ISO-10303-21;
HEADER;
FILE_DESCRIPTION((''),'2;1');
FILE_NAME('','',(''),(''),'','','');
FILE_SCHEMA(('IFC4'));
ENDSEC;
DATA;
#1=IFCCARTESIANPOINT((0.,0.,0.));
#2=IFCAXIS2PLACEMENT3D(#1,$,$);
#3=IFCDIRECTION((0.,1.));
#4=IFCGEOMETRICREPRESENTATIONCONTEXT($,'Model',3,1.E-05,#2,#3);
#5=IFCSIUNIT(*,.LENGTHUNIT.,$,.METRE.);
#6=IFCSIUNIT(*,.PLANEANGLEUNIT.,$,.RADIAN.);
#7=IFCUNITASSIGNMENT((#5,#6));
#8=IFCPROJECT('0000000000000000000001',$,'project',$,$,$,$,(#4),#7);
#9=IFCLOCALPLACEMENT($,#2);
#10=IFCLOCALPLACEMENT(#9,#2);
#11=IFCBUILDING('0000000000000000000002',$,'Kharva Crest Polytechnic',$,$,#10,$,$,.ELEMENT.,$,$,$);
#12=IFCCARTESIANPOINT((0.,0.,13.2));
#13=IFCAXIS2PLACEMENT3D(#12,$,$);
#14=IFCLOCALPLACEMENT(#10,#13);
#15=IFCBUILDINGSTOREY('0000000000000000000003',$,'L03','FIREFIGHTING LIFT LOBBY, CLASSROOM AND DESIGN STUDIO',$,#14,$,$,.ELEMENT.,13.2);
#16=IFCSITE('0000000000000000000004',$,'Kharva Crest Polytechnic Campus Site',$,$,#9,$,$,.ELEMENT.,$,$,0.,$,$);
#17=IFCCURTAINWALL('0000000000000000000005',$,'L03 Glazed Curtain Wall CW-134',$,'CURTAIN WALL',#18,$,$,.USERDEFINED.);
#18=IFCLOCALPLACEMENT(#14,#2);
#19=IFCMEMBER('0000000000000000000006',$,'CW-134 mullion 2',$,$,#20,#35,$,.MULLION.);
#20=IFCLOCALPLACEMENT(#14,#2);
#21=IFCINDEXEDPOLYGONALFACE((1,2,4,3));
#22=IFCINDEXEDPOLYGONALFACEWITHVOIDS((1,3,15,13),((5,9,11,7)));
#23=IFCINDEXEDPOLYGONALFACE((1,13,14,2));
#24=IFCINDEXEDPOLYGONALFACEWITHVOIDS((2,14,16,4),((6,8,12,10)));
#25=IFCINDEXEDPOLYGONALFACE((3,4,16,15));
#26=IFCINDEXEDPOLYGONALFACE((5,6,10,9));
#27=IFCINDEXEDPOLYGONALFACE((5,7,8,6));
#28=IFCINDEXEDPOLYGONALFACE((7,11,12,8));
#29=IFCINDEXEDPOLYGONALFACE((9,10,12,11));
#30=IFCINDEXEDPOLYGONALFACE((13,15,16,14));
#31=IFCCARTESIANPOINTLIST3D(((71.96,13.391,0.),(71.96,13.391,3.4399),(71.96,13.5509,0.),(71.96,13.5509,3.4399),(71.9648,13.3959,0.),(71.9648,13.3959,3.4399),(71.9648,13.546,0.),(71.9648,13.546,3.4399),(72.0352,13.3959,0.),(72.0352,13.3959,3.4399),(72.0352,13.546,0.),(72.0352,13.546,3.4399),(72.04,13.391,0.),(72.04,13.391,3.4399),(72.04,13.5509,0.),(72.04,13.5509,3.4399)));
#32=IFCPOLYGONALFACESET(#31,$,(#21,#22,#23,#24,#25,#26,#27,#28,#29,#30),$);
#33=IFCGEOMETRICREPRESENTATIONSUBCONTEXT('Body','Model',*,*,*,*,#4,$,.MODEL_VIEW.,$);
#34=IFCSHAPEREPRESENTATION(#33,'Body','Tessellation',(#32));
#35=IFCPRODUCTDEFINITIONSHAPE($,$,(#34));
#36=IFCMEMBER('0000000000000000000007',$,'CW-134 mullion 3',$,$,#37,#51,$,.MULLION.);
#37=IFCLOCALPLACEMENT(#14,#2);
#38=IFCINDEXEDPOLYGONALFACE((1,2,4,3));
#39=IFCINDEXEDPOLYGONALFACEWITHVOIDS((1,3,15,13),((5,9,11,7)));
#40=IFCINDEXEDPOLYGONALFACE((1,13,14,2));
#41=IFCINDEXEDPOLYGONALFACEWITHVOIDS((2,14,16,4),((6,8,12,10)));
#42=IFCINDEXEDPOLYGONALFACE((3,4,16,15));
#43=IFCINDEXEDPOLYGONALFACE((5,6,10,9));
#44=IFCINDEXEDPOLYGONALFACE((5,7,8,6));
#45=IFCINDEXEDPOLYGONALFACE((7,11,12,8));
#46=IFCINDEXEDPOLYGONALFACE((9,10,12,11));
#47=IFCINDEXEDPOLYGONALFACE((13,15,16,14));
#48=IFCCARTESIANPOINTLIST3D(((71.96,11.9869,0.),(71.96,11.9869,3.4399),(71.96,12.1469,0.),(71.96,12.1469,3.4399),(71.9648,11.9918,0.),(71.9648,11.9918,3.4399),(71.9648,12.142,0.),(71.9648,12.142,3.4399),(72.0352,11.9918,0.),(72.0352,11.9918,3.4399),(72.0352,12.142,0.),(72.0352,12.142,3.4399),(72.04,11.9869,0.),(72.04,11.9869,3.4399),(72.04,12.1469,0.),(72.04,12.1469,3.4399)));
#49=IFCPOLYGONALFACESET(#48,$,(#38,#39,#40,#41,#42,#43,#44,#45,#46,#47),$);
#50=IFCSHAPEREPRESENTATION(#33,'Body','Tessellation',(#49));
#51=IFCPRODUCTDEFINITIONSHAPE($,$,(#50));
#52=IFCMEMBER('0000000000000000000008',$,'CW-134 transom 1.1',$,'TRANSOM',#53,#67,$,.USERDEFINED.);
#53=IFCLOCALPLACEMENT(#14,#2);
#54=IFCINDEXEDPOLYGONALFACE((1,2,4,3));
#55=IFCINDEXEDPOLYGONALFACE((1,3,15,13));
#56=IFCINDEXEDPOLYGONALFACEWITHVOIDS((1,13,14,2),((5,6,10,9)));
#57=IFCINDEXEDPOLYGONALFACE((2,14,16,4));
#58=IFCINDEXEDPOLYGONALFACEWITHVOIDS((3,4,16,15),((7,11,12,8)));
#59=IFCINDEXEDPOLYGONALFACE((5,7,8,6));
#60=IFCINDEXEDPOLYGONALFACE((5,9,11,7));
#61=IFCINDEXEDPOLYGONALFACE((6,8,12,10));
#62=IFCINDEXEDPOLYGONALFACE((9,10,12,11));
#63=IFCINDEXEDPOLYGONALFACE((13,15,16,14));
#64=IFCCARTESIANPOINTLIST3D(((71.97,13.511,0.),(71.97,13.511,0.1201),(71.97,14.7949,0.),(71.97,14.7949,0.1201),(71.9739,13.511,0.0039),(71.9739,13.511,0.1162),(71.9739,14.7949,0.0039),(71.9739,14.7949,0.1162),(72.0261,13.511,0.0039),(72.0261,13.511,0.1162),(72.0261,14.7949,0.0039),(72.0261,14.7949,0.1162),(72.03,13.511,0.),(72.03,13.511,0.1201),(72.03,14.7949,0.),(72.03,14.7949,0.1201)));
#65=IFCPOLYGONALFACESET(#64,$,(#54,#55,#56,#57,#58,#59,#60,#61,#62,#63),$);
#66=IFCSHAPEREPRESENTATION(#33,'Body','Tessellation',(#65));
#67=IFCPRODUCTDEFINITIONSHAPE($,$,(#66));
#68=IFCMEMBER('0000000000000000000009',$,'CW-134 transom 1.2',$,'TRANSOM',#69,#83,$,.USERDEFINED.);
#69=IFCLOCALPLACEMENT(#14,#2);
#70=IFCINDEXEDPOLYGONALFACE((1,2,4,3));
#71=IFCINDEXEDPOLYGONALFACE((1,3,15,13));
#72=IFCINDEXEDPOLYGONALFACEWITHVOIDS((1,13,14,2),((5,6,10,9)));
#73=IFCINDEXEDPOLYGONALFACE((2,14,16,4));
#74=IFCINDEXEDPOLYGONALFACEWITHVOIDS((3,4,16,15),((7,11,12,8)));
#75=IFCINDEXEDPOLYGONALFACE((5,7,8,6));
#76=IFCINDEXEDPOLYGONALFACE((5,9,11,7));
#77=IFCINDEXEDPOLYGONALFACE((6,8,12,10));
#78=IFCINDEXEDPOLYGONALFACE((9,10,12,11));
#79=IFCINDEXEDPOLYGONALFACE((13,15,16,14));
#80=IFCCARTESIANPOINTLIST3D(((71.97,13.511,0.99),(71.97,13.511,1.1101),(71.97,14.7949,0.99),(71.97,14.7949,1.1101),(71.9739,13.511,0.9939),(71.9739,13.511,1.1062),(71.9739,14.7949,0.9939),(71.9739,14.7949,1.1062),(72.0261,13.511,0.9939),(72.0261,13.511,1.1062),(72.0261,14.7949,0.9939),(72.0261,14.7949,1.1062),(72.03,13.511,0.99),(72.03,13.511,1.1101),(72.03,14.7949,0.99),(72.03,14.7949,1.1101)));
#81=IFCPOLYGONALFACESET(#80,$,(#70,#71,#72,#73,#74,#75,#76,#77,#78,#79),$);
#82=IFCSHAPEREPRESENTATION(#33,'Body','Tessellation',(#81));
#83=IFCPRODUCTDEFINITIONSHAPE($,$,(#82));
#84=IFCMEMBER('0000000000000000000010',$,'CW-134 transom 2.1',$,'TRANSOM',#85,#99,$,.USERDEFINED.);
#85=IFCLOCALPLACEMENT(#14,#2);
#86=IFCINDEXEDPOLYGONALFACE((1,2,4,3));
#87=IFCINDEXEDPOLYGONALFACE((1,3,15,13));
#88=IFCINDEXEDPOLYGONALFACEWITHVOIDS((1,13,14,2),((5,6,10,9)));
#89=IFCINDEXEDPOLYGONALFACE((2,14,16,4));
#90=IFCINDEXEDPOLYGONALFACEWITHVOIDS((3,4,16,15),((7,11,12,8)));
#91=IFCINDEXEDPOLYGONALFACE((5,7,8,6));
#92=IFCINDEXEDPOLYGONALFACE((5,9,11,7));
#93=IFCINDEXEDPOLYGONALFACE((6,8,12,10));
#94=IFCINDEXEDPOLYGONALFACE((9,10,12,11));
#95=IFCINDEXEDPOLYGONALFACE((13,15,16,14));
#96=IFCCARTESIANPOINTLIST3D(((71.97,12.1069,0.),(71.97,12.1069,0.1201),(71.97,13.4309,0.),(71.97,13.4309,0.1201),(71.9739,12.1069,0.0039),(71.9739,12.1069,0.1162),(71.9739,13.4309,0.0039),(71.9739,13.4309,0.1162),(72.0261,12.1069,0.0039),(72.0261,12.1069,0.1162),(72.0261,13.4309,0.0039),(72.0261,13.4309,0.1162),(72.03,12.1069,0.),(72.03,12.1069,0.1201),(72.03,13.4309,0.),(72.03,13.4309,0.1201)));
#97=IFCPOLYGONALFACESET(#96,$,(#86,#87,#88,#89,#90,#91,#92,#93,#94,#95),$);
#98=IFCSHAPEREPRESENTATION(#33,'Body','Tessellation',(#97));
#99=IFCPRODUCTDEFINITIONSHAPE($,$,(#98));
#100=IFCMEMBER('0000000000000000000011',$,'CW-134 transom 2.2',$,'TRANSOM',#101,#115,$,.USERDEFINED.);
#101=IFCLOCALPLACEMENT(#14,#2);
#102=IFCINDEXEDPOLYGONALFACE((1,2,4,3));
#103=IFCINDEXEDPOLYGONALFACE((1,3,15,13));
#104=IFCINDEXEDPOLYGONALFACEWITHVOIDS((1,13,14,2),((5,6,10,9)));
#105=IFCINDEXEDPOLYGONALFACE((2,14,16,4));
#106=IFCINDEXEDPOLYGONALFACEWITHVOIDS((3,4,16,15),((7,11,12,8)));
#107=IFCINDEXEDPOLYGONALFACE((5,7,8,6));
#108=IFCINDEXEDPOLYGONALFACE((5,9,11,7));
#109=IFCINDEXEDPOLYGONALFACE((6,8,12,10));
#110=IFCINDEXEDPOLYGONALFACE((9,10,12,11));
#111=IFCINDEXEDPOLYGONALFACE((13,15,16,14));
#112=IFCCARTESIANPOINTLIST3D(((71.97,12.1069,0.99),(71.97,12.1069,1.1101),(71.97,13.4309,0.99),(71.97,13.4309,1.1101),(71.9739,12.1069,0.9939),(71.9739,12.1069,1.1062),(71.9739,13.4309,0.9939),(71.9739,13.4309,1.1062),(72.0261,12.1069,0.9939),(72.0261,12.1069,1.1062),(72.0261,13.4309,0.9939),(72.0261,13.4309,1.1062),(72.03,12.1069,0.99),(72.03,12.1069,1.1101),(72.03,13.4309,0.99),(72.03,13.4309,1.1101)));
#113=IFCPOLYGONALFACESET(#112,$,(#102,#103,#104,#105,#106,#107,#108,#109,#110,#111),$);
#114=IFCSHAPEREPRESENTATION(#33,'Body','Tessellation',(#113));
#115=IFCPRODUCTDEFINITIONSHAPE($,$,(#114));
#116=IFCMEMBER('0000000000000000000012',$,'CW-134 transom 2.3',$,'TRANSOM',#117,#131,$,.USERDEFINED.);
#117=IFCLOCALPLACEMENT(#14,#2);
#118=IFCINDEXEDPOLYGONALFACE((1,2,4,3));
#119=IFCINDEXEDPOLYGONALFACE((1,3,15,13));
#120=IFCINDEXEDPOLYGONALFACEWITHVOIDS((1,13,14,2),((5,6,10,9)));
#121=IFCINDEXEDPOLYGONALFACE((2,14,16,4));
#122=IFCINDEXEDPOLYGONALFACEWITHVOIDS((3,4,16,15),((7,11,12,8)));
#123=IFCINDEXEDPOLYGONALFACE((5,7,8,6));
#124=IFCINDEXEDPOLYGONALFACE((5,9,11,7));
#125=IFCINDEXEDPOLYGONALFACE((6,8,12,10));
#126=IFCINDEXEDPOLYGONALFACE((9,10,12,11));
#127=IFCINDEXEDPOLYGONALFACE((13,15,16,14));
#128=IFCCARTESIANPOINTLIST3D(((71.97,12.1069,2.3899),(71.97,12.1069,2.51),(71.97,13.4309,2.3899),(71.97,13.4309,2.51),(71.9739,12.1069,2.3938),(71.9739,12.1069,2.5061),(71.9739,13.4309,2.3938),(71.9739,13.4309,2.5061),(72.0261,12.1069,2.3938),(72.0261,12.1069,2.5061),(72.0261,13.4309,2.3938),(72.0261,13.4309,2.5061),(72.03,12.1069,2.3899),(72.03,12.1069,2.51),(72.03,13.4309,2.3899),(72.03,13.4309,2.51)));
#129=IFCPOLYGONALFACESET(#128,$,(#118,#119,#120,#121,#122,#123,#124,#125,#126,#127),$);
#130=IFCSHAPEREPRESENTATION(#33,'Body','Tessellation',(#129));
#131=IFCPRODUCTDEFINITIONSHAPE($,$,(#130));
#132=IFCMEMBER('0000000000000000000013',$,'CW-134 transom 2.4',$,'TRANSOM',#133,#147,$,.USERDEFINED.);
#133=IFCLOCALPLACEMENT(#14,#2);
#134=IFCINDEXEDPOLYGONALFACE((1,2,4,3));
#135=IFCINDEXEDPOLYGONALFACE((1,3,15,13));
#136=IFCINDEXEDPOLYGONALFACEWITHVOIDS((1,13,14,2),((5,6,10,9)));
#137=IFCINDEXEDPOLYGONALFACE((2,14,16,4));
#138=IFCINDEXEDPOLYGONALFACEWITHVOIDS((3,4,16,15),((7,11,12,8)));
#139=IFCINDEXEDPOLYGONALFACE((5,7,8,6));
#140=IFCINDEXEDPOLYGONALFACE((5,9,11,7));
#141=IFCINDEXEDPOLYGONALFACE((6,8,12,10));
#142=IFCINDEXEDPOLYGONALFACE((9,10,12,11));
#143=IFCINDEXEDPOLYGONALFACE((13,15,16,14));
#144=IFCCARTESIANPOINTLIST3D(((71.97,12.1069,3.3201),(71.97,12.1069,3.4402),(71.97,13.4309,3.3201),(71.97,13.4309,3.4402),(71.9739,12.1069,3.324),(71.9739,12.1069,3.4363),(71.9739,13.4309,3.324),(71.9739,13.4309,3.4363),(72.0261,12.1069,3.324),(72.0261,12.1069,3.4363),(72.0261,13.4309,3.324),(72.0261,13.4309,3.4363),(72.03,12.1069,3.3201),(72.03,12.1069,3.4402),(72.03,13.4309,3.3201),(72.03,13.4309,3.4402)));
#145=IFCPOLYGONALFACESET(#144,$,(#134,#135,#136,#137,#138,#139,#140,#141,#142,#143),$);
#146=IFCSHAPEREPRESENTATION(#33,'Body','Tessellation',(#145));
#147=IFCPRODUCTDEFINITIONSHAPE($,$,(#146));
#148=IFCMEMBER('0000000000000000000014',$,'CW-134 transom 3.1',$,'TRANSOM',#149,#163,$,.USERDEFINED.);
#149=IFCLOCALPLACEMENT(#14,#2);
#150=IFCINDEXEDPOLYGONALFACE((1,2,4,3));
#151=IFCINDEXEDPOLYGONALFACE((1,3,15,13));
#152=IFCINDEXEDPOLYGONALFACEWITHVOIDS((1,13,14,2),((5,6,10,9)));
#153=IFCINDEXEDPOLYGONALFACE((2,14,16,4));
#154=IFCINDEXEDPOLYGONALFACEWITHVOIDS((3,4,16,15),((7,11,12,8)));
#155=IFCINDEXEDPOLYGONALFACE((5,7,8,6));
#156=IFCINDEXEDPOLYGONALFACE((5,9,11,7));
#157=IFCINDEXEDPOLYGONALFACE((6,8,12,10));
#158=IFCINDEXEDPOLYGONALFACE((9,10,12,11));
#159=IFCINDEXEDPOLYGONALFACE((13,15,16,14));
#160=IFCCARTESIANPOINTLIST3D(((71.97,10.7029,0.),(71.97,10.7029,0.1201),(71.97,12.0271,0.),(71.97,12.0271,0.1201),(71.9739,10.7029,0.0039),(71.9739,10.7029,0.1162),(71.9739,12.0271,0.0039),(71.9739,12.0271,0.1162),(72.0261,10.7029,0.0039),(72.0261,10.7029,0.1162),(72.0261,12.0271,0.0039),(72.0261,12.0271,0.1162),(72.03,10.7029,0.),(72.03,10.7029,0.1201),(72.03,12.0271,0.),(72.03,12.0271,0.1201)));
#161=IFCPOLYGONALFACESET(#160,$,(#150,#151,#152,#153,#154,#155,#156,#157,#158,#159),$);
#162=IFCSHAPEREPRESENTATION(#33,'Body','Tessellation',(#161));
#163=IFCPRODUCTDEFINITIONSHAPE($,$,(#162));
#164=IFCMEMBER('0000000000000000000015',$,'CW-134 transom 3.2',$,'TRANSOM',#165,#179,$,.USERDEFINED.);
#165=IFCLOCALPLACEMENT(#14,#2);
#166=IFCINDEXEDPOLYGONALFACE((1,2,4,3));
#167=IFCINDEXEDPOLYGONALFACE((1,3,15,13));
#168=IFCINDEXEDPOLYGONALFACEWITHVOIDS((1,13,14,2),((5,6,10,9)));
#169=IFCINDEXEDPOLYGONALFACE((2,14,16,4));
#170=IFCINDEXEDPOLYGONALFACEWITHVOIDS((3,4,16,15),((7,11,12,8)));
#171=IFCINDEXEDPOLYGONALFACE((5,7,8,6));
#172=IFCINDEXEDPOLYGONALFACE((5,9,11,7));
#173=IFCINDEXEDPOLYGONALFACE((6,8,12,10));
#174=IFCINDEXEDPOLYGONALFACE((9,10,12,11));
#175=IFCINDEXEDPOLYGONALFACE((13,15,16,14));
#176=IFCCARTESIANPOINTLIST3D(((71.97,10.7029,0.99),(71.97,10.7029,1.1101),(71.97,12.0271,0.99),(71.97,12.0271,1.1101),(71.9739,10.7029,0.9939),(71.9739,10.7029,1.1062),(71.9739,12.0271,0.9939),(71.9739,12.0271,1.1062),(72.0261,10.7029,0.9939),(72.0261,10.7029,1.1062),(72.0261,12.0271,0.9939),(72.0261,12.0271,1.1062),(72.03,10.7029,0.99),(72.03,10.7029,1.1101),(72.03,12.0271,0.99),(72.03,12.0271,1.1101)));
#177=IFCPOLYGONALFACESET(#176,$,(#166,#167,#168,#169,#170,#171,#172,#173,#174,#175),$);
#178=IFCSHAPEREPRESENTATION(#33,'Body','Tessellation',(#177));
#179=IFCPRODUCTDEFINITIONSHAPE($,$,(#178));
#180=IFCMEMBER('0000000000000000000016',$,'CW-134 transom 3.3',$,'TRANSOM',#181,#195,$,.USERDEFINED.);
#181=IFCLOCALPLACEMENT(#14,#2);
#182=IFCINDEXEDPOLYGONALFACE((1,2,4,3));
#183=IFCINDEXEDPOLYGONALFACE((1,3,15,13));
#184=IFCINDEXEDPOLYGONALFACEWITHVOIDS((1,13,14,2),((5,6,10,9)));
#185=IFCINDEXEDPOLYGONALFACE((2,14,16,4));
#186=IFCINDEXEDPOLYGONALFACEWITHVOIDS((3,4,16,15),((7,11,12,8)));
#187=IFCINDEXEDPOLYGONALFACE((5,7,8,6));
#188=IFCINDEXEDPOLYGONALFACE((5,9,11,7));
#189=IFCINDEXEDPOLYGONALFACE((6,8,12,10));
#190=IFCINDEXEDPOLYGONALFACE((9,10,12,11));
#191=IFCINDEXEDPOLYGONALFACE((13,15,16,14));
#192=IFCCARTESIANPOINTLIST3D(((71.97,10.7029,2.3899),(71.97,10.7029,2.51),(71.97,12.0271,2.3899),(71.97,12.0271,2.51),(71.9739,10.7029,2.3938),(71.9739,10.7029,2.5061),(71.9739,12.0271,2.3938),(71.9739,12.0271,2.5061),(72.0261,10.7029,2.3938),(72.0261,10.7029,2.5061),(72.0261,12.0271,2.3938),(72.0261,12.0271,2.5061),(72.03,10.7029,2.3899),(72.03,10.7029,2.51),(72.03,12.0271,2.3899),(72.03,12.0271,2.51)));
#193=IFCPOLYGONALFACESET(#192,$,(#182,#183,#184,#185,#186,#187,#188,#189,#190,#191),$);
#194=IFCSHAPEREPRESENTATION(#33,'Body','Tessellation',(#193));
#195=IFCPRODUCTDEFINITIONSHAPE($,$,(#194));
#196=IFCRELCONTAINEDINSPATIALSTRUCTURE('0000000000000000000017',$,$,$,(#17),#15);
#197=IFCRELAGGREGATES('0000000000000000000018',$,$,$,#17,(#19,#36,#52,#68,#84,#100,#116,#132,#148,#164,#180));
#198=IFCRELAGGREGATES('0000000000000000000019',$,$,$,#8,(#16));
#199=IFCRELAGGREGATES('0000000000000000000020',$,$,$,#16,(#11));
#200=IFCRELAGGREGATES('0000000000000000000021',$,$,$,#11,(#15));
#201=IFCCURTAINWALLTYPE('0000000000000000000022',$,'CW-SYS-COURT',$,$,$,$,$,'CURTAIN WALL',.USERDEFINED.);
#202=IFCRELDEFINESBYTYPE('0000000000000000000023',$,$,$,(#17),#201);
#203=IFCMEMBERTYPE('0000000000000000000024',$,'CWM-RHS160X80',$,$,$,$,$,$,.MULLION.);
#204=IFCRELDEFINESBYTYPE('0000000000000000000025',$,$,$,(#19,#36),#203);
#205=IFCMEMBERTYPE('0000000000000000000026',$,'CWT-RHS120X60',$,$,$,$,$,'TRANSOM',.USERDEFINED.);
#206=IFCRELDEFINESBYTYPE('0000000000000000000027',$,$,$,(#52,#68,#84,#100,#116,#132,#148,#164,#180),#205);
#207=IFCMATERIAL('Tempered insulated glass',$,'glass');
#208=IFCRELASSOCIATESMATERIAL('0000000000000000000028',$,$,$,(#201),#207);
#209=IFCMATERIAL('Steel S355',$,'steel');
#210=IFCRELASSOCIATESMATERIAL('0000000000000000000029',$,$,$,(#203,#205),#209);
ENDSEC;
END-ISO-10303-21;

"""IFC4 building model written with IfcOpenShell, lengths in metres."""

from ifc_helpers import new_model, si_unit, direction, frame, origin, origin_2d, place, context, subcontext, project, spatial, hollow_rectangle, extrude, material, material_profile, profile_set, type_object, element, aggregate, save


model = new_model("IFC4")

# Units and contexts
model_context = context("Model", 3, precision=1e-05, world=origin(), true_north=direction((0.0, 1.0)))
body_context = subcontext(model_context, "Body", "Model", "MODEL_VIEW")
ifc_project = project(units=[si_unit("LENGTHUNIT", "METRE"), si_unit("PLANEANGLEUNIT", "RADIAN")], contexts=[model_context])

# Site, building, storey
site_placement = place(None, origin())
site = spatial("IfcSite", under=ifc_project, at=site_placement, Name="Kharva Crest Polytechnic Campus Site", CompositionType="ELEMENT", RefElevation=0.0)
building_placement = place(site_placement, origin())
building = spatial("IfcBuilding", under=site, at=building_placement, Name="Kharva Crest Polytechnic", CompositionType="ELEMENT")
storey_placement = place(building_placement, frame((0.0, 0.0, 13.2)))
storey = spatial("IfcBuildingStorey", under=building, at=storey_placement, Name="L03", Description="FIREFIGHTING LIFT LOBBY, CLASSROOM AND DESIGN STUDIO", CompositionType="ELEMENT", Elevation=13.2)

# Curtain wall, members
ifc_material_1 = material(Name="Tempered insulated glass", Category="glass")
curtain_wall_type = type_object("IfcCurtainWallType", Name="CW-SYS-COURT", ElementType="CURTAIN WALL", PredefinedType="USERDEFINED", material=ifc_material_1)
curtain_wall_placement = place(storey_placement, origin())
curtain_wall = element("IfcCurtainWall", 1, at=curtain_wall_placement, inside=storey, type_object=curtain_wall_type, Name="L03 Glazed Curtain Wall CW-134", ObjectType="CURTAIN WALL", PredefinedType="USERDEFINED")
ifc_material_2 = material(Name="Steel S355", Category="steel")
ifc_material_profile_1 = material_profile(ifc_material_2, hollow_rectangle(XDim=0.0801, YDim=0.1599, WallThickness=0.0049, at=origin_2d()), Name="RHS 160X80X5.0")
ifc_profile_set_1 = profile_set([ifc_material_profile_1], Name="Steel S355")
member_type_1 = type_object("IfcMemberType", Name="CWM-RHS160X80", PredefinedType="MULLION", material=ifc_profile_set_1)
member_1_placement = place(storey_placement, frame((72.0, 13.4709, 0.0), z_axis=(0.0, 0.0, 1.0), x_axis=(1.0, 0.0, 0.0)))
member_1 = element("IfcMember", 2, at=member_1_placement, type_object=member_type_1, Name="CW-134 mullion 2", PredefinedType="MULLION", context=body_context, shape_type="SweptSolid", body=[
    extrude(hollow_rectangle(XDim=0.0801, YDim=0.1599, WallThickness=0.0049, at=origin_2d()), origin(), (0.0, 0.0, 1.0), 3.4399),
])
member_2_placement = place(storey_placement, frame((72.0, 12.0669, 0.0), z_axis=(0.0, 0.0, 1.0), x_axis=(1.0, 0.0, 0.0)))
member_2 = element("IfcMember", 3, at=member_2_placement, type_object=member_type_1, Name="CW-134 mullion 3", PredefinedType="MULLION", context=body_context, shape_type="SweptSolid", body=[
    extrude(hollow_rectangle(XDim=0.0801, YDim=0.1599, WallThickness=0.0049, at=origin_2d()), origin(), (0.0, 0.0, 1.0), 3.4399),
])
ifc_material_profile_2 = material_profile(ifc_material_2, hollow_rectangle(XDim=0.0601, YDim=0.1201, WallThickness=0.0039, at=origin_2d()), Name="RHS 120X60X4.0")
ifc_profile_set_2 = profile_set([ifc_material_profile_2], Name="Steel S355")
member_type_2 = type_object("IfcMemberType", Name="CWT-RHS120X60", ElementType="TRANSOM", PredefinedType="USERDEFINED", material=ifc_profile_set_2)
member_3_placement = place(storey_placement, frame((72.0, 14.7949, 0.0601), z_axis=(0.0, -1.0, 0.0), x_axis=(1.0, 0.0, 0.0)))
member_3 = element("IfcMember", 4, at=member_3_placement, type_object=member_type_2, Name="CW-134 transom 1.1", ObjectType="TRANSOM", PredefinedType="USERDEFINED", context=body_context, shape_type="SweptSolid", body=[
    extrude(hollow_rectangle(XDim=0.0601, YDim=0.1201, WallThickness=0.0039, at=origin_2d()), origin(), (0.0, 0.0, 1.0), 1.2839),
])
member_4_placement = place(storey_placement, frame((72.0, 14.7949, 1.05), z_axis=(0.0, -1.0, 0.0), x_axis=(1.0, 0.0, 0.0)))
member_4 = element("IfcMember", 5, at=member_4_placement, type_object=member_type_2, Name="CW-134 transom 1.2", ObjectType="TRANSOM", PredefinedType="USERDEFINED", context=body_context, shape_type="SweptSolid", body=[
    extrude(hollow_rectangle(XDim=0.0601, YDim=0.1201, WallThickness=0.0039, at=origin_2d()), origin(), (0.0, 0.0, 1.0), 1.2839),
])
member_5_placement = place(storey_placement, frame((72.0, 13.4309, 0.0601), z_axis=(0.0, -1.0, 0.0), x_axis=(1.0, 0.0, 0.0)))
member_5 = element("IfcMember", 6, at=member_5_placement, type_object=member_type_2, Name="CW-134 transom 2.1", ObjectType="TRANSOM", PredefinedType="USERDEFINED", context=body_context, shape_type="SweptSolid", body=[
    extrude(hollow_rectangle(XDim=0.0601, YDim=0.1201, WallThickness=0.0039, at=origin_2d()), origin(), (0.0, 0.0, 1.0), 1.324),
])
member_6_placement = place(storey_placement, frame((72.0, 13.4309, 1.05), z_axis=(0.0, -1.0, 0.0), x_axis=(1.0, 0.0, 0.0)))
member_6 = element("IfcMember", 7, at=member_6_placement, type_object=member_type_2, Name="CW-134 transom 2.2", ObjectType="TRANSOM", PredefinedType="USERDEFINED", context=body_context, shape_type="SweptSolid", body=[
    extrude(hollow_rectangle(XDim=0.0601, YDim=0.1201, WallThickness=0.0039, at=origin_2d()), origin(), (0.0, 0.0, 1.0), 1.324),
])
member_7_placement = place(storey_placement, frame((72.0, 13.4309, 2.45), z_axis=(0.0, -1.0, 0.0), x_axis=(1.0, 0.0, 0.0)))
member_7 = element("IfcMember", 8, at=member_7_placement, type_object=member_type_2, Name="CW-134 transom 2.3", ObjectType="TRANSOM", PredefinedType="USERDEFINED", context=body_context, shape_type="SweptSolid", body=[
    extrude(hollow_rectangle(XDim=0.0601, YDim=0.1201, WallThickness=0.0039, at=origin_2d()), origin(), (0.0, 0.0, 1.0), 1.324),
])
member_8_placement = place(storey_placement, frame((72.0, 13.4309, 3.3801), z_axis=(0.0, -1.0, 0.0), x_axis=(1.0, 0.0, 0.0)))
member_8 = element("IfcMember", 9, at=member_8_placement, type_object=member_type_2, Name="CW-134 transom 2.4", ObjectType="TRANSOM", PredefinedType="USERDEFINED", context=body_context, shape_type="SweptSolid", body=[
    extrude(hollow_rectangle(XDim=0.0601, YDim=0.1201, WallThickness=0.0039, at=origin_2d()), origin(), (0.0, 0.0, 1.0), 1.324),
])
member_9_placement = place(storey_placement, frame((72.0, 12.0271, 0.0601), z_axis=(0.0, -1.0, 0.0), x_axis=(1.0, 0.0, 0.0)))
member_9 = element("IfcMember", 10, at=member_9_placement, type_object=member_type_2, Name="CW-134 transom 3.1", ObjectType="TRANSOM", PredefinedType="USERDEFINED", context=body_context, shape_type="SweptSolid", body=[
    extrude(hollow_rectangle(XDim=0.0601, YDim=0.1201, WallThickness=0.0039, at=origin_2d()), origin(), (0.0, 0.0, 1.0), 1.3242),
])
member_10_placement = place(storey_placement, frame((72.0, 12.0271, 1.05), z_axis=(0.0, -1.0, 0.0), x_axis=(1.0, 0.0, 0.0)))
member_10 = element("IfcMember", 11, at=member_10_placement, type_object=member_type_2, Name="CW-134 transom 3.2", ObjectType="TRANSOM", PredefinedType="USERDEFINED", context=body_context, shape_type="SweptSolid", body=[
    extrude(hollow_rectangle(XDim=0.0601, YDim=0.1201, WallThickness=0.0039, at=origin_2d()), origin(), (0.0, 0.0, 1.0), 1.3242),
])
member_11_placement = place(storey_placement, frame((72.0, 12.0271, 2.45), z_axis=(0.0, -1.0, 0.0), x_axis=(1.0, 0.0, 0.0)))
member_11 = element("IfcMember", 12, at=member_11_placement, type_object=member_type_2, Name="CW-134 transom 3.3", ObjectType="TRANSOM", PredefinedType="USERDEFINED", context=body_context, shape_type="SweptSolid", body=[
    extrude(hollow_rectangle(XDim=0.0601, YDim=0.1201, WallThickness=0.0039, at=origin_2d()), origin(), (0.0, 0.0, 1.0), 1.3242),
])
aggregate(curtain_wall, [member_1, member_2, member_3, member_4, member_5, member_6, member_7, member_8, member_9, member_10, member_11])

save(model, "model.ifc")
